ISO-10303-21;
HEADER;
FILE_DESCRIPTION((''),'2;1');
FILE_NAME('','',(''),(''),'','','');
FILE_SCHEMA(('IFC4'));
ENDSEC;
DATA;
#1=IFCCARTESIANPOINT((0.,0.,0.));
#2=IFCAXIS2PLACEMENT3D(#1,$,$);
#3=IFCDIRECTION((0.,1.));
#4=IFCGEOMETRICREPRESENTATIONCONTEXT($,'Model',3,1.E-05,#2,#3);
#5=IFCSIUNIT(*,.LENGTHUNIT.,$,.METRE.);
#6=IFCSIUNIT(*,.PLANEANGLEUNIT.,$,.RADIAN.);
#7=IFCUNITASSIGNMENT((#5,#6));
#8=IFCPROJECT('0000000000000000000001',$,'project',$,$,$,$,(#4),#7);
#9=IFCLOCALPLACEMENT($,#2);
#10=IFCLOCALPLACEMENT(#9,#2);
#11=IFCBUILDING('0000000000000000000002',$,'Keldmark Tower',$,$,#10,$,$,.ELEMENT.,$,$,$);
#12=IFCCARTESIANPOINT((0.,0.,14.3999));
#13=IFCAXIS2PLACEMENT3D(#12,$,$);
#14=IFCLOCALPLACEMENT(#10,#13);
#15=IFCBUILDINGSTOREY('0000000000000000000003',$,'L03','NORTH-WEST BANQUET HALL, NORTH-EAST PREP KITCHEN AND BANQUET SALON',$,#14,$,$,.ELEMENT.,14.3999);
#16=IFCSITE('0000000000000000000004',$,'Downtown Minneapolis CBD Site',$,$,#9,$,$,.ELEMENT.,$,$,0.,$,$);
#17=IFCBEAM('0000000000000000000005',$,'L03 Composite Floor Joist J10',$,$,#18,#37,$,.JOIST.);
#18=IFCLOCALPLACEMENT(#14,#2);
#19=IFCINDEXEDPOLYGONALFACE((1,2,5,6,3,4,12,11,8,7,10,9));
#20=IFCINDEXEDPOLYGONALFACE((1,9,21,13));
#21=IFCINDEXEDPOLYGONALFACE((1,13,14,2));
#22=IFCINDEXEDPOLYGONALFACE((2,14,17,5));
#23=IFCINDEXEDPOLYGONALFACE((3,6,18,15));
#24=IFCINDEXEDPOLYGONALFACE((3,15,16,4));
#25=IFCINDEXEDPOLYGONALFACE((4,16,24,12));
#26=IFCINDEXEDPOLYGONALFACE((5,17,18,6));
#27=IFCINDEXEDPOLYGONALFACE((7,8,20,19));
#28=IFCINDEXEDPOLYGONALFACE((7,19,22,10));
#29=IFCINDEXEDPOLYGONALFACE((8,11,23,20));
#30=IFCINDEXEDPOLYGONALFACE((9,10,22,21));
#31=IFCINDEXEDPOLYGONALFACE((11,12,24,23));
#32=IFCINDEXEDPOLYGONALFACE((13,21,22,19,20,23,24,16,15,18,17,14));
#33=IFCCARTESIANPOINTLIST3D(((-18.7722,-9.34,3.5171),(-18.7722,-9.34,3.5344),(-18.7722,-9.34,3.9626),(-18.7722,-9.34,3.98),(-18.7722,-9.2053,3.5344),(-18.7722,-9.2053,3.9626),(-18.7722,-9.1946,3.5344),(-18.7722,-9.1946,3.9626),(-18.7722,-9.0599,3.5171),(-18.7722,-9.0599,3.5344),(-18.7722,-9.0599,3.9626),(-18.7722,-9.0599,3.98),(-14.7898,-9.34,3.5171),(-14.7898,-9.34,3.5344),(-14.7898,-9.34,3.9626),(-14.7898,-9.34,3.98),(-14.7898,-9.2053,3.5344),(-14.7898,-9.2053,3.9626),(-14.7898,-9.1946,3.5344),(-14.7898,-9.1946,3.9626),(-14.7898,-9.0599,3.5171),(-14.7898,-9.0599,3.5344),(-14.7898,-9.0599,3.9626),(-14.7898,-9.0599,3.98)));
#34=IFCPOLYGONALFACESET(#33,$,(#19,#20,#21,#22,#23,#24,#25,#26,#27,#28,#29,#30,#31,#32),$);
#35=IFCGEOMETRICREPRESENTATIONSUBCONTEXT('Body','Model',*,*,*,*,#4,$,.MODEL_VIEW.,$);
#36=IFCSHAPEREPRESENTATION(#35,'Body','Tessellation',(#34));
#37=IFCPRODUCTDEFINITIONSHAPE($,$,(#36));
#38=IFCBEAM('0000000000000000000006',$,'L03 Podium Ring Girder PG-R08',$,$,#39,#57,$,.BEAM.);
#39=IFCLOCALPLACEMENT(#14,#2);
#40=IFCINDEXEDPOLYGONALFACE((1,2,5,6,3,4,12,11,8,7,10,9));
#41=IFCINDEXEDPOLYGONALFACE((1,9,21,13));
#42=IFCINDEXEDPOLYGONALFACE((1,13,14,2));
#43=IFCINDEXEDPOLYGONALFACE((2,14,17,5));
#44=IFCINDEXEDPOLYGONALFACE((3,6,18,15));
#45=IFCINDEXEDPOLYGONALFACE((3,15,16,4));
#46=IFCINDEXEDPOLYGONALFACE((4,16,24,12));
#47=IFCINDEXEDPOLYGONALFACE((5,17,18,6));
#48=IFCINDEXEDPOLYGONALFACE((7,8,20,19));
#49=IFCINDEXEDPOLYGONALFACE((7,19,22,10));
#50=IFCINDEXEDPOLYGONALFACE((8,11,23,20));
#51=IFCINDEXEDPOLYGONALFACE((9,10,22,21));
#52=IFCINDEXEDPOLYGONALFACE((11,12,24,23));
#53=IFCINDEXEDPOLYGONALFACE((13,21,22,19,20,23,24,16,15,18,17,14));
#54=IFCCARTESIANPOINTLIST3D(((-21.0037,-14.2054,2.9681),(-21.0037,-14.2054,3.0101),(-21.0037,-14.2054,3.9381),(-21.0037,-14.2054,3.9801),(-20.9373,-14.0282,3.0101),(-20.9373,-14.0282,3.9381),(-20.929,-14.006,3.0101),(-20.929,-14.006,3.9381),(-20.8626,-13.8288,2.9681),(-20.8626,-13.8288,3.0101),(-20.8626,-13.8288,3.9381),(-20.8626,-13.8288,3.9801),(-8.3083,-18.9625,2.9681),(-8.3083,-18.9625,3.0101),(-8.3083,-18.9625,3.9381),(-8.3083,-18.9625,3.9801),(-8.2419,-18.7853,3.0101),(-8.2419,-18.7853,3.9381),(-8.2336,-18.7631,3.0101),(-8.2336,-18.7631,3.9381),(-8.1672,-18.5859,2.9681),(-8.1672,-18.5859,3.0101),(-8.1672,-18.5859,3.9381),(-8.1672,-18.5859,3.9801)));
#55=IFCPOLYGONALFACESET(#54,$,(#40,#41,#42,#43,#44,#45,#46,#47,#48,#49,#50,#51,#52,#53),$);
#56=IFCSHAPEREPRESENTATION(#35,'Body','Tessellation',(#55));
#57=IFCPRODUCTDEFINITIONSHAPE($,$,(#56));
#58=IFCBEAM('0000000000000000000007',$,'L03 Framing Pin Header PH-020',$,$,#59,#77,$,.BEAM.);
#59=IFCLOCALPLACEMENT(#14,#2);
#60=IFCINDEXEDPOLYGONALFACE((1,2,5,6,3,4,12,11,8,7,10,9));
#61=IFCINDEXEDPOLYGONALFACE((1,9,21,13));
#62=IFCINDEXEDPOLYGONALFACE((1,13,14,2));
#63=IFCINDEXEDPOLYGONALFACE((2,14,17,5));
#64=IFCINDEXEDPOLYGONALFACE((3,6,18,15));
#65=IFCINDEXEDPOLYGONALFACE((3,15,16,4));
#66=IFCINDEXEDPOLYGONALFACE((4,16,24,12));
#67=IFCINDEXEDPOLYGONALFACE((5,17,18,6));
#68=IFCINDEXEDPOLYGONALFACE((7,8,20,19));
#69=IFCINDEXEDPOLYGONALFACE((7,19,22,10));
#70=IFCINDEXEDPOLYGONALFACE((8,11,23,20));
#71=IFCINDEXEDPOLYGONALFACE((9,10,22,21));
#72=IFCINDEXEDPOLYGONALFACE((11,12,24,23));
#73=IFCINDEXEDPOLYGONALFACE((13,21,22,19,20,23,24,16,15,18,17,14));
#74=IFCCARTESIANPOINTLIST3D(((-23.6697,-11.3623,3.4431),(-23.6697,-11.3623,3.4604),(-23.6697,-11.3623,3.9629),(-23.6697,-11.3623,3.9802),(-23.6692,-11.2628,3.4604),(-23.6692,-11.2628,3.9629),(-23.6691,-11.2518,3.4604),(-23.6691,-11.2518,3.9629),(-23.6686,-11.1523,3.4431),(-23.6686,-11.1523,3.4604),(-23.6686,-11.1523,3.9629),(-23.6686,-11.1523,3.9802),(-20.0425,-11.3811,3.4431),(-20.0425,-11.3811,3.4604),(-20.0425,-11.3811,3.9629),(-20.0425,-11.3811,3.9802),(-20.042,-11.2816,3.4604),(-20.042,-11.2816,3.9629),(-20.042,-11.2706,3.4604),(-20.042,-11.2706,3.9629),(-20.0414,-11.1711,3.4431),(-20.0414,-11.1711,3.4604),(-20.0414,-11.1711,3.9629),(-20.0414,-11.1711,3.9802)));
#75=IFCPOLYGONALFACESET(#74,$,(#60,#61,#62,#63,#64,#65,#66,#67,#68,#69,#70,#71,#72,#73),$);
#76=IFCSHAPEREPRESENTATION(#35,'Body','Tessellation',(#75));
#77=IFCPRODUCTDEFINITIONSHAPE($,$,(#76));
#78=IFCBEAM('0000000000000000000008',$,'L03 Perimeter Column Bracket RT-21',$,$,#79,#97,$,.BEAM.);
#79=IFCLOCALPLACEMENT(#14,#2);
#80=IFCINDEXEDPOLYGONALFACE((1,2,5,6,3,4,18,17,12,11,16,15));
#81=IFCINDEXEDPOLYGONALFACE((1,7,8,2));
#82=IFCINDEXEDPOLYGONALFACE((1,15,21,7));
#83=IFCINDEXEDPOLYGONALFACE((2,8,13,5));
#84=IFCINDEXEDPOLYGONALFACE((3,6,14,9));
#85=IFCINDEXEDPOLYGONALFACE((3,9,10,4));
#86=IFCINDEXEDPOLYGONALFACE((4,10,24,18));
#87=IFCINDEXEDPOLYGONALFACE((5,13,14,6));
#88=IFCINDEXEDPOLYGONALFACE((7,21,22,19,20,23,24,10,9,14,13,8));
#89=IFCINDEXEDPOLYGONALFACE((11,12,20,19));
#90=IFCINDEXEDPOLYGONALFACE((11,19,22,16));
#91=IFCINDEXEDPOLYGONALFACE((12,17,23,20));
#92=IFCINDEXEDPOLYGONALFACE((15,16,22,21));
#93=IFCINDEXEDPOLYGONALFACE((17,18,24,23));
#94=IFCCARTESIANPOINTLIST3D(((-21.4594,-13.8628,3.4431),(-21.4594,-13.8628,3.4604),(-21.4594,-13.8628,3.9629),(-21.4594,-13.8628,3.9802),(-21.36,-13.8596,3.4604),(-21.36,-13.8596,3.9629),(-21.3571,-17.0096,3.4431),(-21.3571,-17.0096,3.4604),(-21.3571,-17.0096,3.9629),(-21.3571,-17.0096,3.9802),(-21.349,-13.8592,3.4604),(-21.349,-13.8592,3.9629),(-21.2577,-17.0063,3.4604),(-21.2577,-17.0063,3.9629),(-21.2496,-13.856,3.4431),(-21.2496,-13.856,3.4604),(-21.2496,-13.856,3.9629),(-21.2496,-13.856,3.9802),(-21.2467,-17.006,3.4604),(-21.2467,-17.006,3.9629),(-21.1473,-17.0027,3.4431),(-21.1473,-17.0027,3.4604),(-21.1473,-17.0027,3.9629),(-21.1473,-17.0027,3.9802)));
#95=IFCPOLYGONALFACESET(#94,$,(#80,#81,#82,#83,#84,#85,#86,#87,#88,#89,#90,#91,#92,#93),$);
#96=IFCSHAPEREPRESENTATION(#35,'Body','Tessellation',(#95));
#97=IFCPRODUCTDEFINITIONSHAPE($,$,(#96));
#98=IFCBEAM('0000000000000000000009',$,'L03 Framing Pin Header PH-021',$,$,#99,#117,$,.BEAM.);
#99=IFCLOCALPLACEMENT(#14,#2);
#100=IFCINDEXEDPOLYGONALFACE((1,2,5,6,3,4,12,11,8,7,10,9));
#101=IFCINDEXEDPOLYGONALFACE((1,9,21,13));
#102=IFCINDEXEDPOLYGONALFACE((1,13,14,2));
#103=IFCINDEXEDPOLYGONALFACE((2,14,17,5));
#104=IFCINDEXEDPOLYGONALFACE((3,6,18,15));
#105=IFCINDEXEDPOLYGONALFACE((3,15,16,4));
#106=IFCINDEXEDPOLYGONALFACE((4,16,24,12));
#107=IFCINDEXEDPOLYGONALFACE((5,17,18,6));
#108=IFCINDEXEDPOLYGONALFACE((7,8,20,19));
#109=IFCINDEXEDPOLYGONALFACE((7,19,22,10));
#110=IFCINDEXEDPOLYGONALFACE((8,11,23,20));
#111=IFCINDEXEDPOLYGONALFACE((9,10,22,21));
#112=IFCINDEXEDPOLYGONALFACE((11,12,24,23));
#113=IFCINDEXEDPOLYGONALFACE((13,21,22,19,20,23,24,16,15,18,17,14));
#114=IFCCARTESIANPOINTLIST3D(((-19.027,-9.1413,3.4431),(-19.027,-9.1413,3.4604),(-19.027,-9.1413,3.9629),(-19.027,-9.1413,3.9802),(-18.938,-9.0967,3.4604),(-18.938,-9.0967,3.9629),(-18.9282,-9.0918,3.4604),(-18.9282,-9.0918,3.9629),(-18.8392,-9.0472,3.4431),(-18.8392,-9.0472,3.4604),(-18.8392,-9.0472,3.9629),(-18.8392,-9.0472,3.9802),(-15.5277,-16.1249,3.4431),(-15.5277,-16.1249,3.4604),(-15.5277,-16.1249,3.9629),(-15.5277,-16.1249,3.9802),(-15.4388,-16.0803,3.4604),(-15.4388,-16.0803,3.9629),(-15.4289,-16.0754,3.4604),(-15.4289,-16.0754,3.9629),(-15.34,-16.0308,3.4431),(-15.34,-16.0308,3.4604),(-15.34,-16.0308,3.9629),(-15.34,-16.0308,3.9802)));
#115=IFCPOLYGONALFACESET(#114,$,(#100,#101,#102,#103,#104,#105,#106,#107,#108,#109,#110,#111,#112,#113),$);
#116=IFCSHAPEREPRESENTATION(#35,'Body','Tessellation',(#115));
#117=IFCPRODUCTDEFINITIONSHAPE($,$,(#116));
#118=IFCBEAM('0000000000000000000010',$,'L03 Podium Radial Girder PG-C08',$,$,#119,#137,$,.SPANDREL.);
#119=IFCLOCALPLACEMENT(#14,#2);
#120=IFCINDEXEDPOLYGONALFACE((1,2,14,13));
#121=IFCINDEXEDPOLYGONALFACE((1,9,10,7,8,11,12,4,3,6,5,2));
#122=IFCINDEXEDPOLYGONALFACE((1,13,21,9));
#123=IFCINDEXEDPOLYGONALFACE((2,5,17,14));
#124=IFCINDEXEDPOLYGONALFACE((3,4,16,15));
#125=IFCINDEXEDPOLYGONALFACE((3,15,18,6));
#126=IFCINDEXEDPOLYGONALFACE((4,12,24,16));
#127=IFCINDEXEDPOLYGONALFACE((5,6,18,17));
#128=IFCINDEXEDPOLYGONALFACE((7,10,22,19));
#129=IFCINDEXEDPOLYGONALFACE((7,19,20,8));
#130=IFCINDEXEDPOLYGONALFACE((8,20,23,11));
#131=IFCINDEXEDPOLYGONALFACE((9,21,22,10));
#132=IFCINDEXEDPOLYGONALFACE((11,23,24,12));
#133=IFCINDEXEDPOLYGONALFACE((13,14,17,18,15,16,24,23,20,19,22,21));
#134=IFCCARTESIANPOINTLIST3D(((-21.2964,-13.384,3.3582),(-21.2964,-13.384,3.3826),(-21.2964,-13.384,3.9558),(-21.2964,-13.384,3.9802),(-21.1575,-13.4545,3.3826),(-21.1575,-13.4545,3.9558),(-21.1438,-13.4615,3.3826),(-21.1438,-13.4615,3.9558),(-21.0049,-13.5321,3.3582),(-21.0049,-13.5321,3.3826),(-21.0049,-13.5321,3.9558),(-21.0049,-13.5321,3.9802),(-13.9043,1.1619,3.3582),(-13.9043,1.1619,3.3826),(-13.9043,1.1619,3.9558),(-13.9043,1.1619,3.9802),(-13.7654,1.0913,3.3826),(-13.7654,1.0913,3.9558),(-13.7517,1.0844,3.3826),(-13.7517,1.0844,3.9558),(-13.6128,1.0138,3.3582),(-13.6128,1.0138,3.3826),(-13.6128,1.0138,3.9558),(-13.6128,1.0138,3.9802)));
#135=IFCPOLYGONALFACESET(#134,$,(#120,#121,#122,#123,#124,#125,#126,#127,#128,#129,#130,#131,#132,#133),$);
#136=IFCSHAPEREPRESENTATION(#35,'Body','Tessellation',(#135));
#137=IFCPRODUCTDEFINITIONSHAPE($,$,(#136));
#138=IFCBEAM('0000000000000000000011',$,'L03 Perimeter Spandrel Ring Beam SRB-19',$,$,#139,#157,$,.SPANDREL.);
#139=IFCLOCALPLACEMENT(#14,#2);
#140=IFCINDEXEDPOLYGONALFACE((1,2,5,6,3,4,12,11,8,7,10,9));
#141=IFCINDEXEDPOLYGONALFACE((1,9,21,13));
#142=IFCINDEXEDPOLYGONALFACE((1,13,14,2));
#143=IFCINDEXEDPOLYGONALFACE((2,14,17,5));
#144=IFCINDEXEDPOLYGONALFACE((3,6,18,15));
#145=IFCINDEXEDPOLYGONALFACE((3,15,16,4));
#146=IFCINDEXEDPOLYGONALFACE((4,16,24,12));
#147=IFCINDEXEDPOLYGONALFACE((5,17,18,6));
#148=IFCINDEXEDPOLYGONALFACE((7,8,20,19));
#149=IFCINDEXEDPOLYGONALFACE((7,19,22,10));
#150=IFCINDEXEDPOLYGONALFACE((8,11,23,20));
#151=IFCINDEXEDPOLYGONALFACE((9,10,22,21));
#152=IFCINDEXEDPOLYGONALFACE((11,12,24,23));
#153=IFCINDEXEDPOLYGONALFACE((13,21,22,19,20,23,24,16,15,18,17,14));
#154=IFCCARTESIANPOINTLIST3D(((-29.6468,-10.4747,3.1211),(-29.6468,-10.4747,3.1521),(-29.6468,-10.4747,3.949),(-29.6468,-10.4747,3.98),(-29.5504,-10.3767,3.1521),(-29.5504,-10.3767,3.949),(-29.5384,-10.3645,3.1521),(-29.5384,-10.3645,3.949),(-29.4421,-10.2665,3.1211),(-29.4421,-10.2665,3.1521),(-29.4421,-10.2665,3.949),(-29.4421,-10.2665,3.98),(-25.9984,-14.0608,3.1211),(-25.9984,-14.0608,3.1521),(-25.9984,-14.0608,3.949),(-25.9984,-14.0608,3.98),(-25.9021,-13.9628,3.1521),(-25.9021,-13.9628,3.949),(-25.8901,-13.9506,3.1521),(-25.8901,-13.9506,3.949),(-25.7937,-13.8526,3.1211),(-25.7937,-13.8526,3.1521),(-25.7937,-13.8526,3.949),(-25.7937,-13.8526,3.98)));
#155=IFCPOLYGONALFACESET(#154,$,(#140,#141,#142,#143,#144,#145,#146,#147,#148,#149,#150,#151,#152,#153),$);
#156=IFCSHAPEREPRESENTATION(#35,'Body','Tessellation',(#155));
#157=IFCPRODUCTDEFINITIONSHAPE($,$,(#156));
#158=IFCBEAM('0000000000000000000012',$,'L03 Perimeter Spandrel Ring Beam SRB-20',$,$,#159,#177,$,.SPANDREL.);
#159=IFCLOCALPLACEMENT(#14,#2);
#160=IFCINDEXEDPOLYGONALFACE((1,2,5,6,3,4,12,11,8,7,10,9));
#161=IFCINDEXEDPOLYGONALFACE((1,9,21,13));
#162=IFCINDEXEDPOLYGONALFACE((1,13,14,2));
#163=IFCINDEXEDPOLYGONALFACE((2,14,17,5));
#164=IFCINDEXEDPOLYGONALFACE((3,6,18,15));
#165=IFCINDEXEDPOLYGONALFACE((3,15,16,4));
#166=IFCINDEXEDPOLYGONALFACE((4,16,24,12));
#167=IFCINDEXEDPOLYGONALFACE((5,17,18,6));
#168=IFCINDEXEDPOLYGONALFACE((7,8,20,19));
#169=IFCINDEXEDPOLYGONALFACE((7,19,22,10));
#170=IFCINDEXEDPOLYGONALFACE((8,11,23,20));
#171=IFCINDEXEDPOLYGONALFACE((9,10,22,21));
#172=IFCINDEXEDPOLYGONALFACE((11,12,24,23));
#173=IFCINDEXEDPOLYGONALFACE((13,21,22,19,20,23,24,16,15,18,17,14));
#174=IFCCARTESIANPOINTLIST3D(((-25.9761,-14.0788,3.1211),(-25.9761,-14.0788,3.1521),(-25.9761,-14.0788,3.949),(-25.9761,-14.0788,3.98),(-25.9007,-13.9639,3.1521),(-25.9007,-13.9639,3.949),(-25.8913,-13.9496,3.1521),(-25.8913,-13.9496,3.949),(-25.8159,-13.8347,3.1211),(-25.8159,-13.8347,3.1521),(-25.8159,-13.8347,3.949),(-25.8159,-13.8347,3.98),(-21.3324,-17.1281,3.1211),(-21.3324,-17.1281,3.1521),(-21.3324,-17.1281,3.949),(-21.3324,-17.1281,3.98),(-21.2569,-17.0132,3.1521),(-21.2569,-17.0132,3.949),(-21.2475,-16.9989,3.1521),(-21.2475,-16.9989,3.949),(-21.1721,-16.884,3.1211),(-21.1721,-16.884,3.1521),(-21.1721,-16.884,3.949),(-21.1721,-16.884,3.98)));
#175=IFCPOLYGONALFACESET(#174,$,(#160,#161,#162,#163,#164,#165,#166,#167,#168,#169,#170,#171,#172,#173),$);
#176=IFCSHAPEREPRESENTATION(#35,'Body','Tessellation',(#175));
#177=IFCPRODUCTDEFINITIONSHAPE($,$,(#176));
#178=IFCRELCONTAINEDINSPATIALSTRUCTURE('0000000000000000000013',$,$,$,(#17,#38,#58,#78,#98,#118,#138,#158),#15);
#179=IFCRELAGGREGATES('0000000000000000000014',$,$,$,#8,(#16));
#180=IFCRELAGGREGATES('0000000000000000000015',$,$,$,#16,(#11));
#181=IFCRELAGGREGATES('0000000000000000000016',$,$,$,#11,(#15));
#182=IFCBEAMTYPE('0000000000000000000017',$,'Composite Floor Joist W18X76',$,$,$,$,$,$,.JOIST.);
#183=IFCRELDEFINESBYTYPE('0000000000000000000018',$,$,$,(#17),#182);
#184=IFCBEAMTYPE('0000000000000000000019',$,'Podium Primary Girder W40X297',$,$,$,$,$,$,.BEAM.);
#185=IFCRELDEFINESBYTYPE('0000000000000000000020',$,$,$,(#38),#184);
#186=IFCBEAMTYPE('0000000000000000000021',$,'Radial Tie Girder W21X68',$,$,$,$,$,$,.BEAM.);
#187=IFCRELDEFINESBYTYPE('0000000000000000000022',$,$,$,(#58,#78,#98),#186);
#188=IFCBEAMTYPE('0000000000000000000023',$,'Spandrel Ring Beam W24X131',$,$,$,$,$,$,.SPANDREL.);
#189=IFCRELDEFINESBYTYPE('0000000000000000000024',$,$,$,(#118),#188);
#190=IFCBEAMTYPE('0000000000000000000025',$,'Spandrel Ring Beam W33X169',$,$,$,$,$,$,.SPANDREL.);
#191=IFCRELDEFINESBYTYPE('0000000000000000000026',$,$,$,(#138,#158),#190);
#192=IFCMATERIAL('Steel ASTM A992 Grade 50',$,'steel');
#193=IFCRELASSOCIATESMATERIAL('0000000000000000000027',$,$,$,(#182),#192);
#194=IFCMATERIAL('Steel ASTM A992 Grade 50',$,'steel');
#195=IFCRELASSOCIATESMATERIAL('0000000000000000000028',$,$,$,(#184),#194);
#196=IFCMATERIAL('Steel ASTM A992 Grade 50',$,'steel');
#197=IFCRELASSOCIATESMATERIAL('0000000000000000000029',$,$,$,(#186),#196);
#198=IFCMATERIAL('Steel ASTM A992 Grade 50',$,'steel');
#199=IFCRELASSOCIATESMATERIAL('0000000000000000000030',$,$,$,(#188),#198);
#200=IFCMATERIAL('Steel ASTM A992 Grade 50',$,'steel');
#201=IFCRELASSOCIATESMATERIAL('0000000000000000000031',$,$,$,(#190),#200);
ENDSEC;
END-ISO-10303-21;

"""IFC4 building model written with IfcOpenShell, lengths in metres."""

from ifc_helpers import new_model, si_unit, direction, frame, origin, origin_2d, place, context, subcontext, project, spatial, i_section, extrude, material, material_profile, profile_set, type_object, element, save


model = new_model("IFC4")

# Units and contexts
model_context = context("Model", 3, precision=1e-05, world=origin(), true_north=direction((0.0, 1.0)))
body_context = subcontext(model_context, "Body", "Model", "MODEL_VIEW")
ifc_project = project(units=[si_unit("LENGTHUNIT", "METRE"), si_unit("PLANEANGLEUNIT", "RADIAN")], contexts=[model_context])

# Site, building, storey
site_placement = place(None, origin())
site = spatial("IfcSite", under=ifc_project, at=site_placement, Name="Downtown Minneapolis CBD Site", CompositionType="ELEMENT", RefElevation=0.0)
building_placement = place(site_placement, origin())
building = spatial("IfcBuilding", under=site, at=building_placement, Name="Keldmark Tower", CompositionType="ELEMENT")
storey_placement = place(building_placement, frame((0.0, 0.0, 14.3999)))
storey = spatial("IfcBuildingStorey", under=building, at=storey_placement, Name="L03", Description="NORTH-WEST BANQUET HALL, NORTH-EAST PREP KITCHEN AND BANQUET SALON", CompositionType="ELEMENT", Elevation=14.3999)

# Beams
ifc_material_1 = material(Name="Steel ASTM A992 Grade 50", Category="steel")
ifc_material_profile_1 = material_profile(ifc_material_1, i_section(OverallWidth=0.28, OverallDepth=0.4629, WebThickness=0.0107, FlangeThickness=0.0173, at=origin_2d()), Name="W18X76")
ifc_profile_set_1 = profile_set([ifc_material_profile_1], Name="Steel ASTM A992 Grade 50")
beam_type_1 = type_object("IfcBeamType", Name="Composite Floor Joist W18X76", PredefinedType="JOIST", material=ifc_profile_set_1)
beam_1_placement = place(storey_placement, frame((-18.7722, -9.2, 3.7485), z_axis=(1.0, 0.0, 0.0), x_axis=(0.0, 1.0, 0.0)))
element("IfcBeam", 1, at=beam_1_placement, inside=storey, type_object=beam_type_1, Name="L03 Composite Floor Joist J10", PredefinedType="JOIST", context=body_context, shape_type="SweptSolid", body=[
    extrude(i_section(OverallWidth=0.28, OverallDepth=0.4629, WebThickness=0.0107, FlangeThickness=0.0173, at=origin_2d()), origin(), (0.0, 0.0, 1.0), 3.9824),
])
ifc_material_2 = material(Name="Steel ASTM A992 Grade 50", Category="steel")
ifc_material_profile_2 = material_profile(ifc_material_2, i_section(OverallWidth=0.4021, OverallDepth=1.012, WebThickness=0.0237, FlangeThickness=0.042, at=origin_2d()), Name="W40X297")
ifc_profile_set_2 = profile_set([ifc_material_profile_2], Name="Steel ASTM A992 Grade 50")
beam_type_2 = type_object("IfcBeamType", Name="Podium Primary Girder W40X297", PredefinedType="BEAM", material=ifc_profile_set_2)
beam_2_placement = place(storey_placement, frame((-20.9331, -14.0171, 3.4741), z_axis=(0.936418, -0.350887, 0.0), x_axis=(0.350887, 0.936418, 0.0)))
element("IfcBeam", 2, at=beam_2_placement, inside=storey, type_object=beam_type_2, Name="L03 Podium Ring Girder PG-R08", PredefinedType="BEAM", context=body_context, shape_type="SweptSolid", body=[
    extrude(i_section(OverallWidth=0.4021, OverallDepth=1.012, WebThickness=0.0237, FlangeThickness=0.042, at=origin_2d()), origin(), (0.0, 0.0, 1.0), 13.5574),
])
ifc_material_3 = material(Name="Steel ASTM A992 Grade 50", Category="steel")
ifc_material_profile_3 = material_profile(ifc_material_3, i_section(OverallWidth=0.21, OverallDepth=0.5371, WebThickness=0.011, FlangeThickness=0.0173, at=origin_2d()), Name="W21X68")
ifc_profile_set_3 = profile_set([ifc_material_profile_3], Name="Steel ASTM A992 Grade 50")
beam_type_3 = type_object("IfcBeamType", Name="Radial Tie Girder W21X68", PredefinedType="BEAM", material=ifc_profile_set_3)
beam_3_placement = place(storey_placement, frame((-20.042, -11.2761, 3.7117), z_axis=(-0.999987, 0.005183, 0.0), x_axis=(-0.005183, -0.999987, 0.0)))
element("IfcBeam", 3, at=beam_3_placement, inside=storey, type_object=beam_type_3, Name="L03 Framing Pin Header PH-020", PredefinedType="BEAM", context=body_context, shape_type="SweptSolid", body=[
    extrude(i_section(OverallWidth=0.21, OverallDepth=0.5371, WebThickness=0.011, FlangeThickness=0.0173, at=origin_2d()), origin(), (0.0, 0.0, 1.0), 3.6272),
])
beam_4_placement = place(storey_placement, frame((-21.3545, -13.8594, 3.7117), z_axis=(0.032491, -0.999472, 0.0), x_axis=(0.999472, 0.032491, 0.0)))
element("IfcBeam", 4, at=beam_4_placement, inside=storey, type_object=beam_type_3, Name="L03 Perimeter Column Bracket RT-21", PredefinedType="BEAM", context=body_context, shape_type="SweptSolid", body=[
    extrude(i_section(OverallWidth=0.21, OverallDepth=0.5371, WebThickness=0.011, FlangeThickness=0.0173, at=origin_2d()), origin(), (0.0, 0.0, 1.0), 3.1484),
])
beam_5_placement = place(storey_placement, frame((-18.9331, -9.0942, 3.7117), z_axis=(0.447976, -0.894046, 0.0), x_axis=(0.894046, 0.447976, 0.0)))
element("IfcBeam", 5, at=beam_5_placement, inside=storey, type_object=beam_type_3, Name="L03 Framing Pin Header PH-021", PredefinedType="BEAM", context=body_context, shape_type="SweptSolid", body=[
    extrude(i_section(OverallWidth=0.21, OverallDepth=0.5371, WebThickness=0.011, FlangeThickness=0.0173, at=origin_2d()), origin(), (0.0, 0.0, 1.0), 7.8113),
])
ifc_material_4 = material(Name="Steel ASTM A992 Grade 50", Category="steel")
ifc_material_profile_4 = material_profile(ifc_material_4, i_section(OverallWidth=0.3269, OverallDepth=0.6221, WebThickness=0.0154, FlangeThickness=0.0244, at=origin_2d()), Name="W24X131")
ifc_profile_set_4 = profile_set([ifc_material_profile_4], Name="Steel ASTM A992 Grade 50")
beam_type_4 = type_object("IfcBeamType", Name="Spandrel Ring Beam W24X131", PredefinedType="SPANDREL", material=ifc_profile_set_4)
beam_6_placement = place(storey_placement, frame((-21.1506, -13.458, 3.6692), z_axis=(0.453046, 0.891487, 0.0), x_axis=(-0.891487, 0.453046, 0.0)))
element("IfcBeam", 6, at=beam_6_placement, inside=storey, type_object=beam_type_4, Name="L03 Podium Radial Girder PG-C08", PredefinedType="SPANDREL", context=body_context, shape_type="SweptSolid", body=[
    extrude(i_section(OverallWidth=0.3269, OverallDepth=0.6221, WebThickness=0.0154, FlangeThickness=0.0244, at=origin_2d()), origin(), (0.0, 0.0, 1.0), 16.3164),
])
ifc_material_5 = material(Name="Steel ASTM A992 Grade 50", Category="steel")
ifc_material_profile_5 = material_profile(ifc_material_5, i_section(OverallWidth=0.292, OverallDepth=0.8589, WebThickness=0.0171, FlangeThickness=0.031, at=origin_2d()), Name="W33X169")
ifc_profile_set_5 = profile_set([ifc_material_profile_5], Name="Steel ASTM A992 Grade 50")
beam_type_5 = type_object("IfcBeamType", Name="Spandrel Ring Beam W33X169", PredefinedType="SPANDREL", material=ifc_profile_set_5)
beam_7_placement = place(storey_placement, frame((-29.5444, -10.3706, 3.5505), z_axis=(0.713165, -0.700996, 0.0), x_axis=(0.700996, 0.713165, 0.0)))
element("IfcBeam", 7, at=beam_7_placement, inside=storey, type_object=beam_type_5, Name="L03 Perimeter Spandrel Ring Beam SRB-19", PredefinedType="SPANDREL", context=body_context, shape_type="SweptSolid", body=[
    extrude(i_section(OverallWidth=0.292, OverallDepth=0.8589, WebThickness=0.0171, FlangeThickness=0.031, at=origin_2d()), origin(), (0.0, 0.0, 1.0), 5.1157),
])
beam_8_placement = place(storey_placement, frame((-25.896, -13.9568, 3.5505), z_axis=(0.835897, -0.548886, 0.0), x_axis=(0.548886, 0.835897, 0.0)))
element("IfcBeam", 8, at=beam_8_placement, inside=storey, type_object=beam_type_5, Name="L03 Perimeter Spandrel Ring Beam SRB-20", PredefinedType="SPANDREL", context=body_context, shape_type="SweptSolid", body=[
    extrude(i_section(OverallWidth=0.292, OverallDepth=0.8589, WebThickness=0.0171, FlangeThickness=0.031, at=origin_2d()), origin(), (0.0, 0.0, 1.0), 5.5554),
])

save(model, "model.ifc")
